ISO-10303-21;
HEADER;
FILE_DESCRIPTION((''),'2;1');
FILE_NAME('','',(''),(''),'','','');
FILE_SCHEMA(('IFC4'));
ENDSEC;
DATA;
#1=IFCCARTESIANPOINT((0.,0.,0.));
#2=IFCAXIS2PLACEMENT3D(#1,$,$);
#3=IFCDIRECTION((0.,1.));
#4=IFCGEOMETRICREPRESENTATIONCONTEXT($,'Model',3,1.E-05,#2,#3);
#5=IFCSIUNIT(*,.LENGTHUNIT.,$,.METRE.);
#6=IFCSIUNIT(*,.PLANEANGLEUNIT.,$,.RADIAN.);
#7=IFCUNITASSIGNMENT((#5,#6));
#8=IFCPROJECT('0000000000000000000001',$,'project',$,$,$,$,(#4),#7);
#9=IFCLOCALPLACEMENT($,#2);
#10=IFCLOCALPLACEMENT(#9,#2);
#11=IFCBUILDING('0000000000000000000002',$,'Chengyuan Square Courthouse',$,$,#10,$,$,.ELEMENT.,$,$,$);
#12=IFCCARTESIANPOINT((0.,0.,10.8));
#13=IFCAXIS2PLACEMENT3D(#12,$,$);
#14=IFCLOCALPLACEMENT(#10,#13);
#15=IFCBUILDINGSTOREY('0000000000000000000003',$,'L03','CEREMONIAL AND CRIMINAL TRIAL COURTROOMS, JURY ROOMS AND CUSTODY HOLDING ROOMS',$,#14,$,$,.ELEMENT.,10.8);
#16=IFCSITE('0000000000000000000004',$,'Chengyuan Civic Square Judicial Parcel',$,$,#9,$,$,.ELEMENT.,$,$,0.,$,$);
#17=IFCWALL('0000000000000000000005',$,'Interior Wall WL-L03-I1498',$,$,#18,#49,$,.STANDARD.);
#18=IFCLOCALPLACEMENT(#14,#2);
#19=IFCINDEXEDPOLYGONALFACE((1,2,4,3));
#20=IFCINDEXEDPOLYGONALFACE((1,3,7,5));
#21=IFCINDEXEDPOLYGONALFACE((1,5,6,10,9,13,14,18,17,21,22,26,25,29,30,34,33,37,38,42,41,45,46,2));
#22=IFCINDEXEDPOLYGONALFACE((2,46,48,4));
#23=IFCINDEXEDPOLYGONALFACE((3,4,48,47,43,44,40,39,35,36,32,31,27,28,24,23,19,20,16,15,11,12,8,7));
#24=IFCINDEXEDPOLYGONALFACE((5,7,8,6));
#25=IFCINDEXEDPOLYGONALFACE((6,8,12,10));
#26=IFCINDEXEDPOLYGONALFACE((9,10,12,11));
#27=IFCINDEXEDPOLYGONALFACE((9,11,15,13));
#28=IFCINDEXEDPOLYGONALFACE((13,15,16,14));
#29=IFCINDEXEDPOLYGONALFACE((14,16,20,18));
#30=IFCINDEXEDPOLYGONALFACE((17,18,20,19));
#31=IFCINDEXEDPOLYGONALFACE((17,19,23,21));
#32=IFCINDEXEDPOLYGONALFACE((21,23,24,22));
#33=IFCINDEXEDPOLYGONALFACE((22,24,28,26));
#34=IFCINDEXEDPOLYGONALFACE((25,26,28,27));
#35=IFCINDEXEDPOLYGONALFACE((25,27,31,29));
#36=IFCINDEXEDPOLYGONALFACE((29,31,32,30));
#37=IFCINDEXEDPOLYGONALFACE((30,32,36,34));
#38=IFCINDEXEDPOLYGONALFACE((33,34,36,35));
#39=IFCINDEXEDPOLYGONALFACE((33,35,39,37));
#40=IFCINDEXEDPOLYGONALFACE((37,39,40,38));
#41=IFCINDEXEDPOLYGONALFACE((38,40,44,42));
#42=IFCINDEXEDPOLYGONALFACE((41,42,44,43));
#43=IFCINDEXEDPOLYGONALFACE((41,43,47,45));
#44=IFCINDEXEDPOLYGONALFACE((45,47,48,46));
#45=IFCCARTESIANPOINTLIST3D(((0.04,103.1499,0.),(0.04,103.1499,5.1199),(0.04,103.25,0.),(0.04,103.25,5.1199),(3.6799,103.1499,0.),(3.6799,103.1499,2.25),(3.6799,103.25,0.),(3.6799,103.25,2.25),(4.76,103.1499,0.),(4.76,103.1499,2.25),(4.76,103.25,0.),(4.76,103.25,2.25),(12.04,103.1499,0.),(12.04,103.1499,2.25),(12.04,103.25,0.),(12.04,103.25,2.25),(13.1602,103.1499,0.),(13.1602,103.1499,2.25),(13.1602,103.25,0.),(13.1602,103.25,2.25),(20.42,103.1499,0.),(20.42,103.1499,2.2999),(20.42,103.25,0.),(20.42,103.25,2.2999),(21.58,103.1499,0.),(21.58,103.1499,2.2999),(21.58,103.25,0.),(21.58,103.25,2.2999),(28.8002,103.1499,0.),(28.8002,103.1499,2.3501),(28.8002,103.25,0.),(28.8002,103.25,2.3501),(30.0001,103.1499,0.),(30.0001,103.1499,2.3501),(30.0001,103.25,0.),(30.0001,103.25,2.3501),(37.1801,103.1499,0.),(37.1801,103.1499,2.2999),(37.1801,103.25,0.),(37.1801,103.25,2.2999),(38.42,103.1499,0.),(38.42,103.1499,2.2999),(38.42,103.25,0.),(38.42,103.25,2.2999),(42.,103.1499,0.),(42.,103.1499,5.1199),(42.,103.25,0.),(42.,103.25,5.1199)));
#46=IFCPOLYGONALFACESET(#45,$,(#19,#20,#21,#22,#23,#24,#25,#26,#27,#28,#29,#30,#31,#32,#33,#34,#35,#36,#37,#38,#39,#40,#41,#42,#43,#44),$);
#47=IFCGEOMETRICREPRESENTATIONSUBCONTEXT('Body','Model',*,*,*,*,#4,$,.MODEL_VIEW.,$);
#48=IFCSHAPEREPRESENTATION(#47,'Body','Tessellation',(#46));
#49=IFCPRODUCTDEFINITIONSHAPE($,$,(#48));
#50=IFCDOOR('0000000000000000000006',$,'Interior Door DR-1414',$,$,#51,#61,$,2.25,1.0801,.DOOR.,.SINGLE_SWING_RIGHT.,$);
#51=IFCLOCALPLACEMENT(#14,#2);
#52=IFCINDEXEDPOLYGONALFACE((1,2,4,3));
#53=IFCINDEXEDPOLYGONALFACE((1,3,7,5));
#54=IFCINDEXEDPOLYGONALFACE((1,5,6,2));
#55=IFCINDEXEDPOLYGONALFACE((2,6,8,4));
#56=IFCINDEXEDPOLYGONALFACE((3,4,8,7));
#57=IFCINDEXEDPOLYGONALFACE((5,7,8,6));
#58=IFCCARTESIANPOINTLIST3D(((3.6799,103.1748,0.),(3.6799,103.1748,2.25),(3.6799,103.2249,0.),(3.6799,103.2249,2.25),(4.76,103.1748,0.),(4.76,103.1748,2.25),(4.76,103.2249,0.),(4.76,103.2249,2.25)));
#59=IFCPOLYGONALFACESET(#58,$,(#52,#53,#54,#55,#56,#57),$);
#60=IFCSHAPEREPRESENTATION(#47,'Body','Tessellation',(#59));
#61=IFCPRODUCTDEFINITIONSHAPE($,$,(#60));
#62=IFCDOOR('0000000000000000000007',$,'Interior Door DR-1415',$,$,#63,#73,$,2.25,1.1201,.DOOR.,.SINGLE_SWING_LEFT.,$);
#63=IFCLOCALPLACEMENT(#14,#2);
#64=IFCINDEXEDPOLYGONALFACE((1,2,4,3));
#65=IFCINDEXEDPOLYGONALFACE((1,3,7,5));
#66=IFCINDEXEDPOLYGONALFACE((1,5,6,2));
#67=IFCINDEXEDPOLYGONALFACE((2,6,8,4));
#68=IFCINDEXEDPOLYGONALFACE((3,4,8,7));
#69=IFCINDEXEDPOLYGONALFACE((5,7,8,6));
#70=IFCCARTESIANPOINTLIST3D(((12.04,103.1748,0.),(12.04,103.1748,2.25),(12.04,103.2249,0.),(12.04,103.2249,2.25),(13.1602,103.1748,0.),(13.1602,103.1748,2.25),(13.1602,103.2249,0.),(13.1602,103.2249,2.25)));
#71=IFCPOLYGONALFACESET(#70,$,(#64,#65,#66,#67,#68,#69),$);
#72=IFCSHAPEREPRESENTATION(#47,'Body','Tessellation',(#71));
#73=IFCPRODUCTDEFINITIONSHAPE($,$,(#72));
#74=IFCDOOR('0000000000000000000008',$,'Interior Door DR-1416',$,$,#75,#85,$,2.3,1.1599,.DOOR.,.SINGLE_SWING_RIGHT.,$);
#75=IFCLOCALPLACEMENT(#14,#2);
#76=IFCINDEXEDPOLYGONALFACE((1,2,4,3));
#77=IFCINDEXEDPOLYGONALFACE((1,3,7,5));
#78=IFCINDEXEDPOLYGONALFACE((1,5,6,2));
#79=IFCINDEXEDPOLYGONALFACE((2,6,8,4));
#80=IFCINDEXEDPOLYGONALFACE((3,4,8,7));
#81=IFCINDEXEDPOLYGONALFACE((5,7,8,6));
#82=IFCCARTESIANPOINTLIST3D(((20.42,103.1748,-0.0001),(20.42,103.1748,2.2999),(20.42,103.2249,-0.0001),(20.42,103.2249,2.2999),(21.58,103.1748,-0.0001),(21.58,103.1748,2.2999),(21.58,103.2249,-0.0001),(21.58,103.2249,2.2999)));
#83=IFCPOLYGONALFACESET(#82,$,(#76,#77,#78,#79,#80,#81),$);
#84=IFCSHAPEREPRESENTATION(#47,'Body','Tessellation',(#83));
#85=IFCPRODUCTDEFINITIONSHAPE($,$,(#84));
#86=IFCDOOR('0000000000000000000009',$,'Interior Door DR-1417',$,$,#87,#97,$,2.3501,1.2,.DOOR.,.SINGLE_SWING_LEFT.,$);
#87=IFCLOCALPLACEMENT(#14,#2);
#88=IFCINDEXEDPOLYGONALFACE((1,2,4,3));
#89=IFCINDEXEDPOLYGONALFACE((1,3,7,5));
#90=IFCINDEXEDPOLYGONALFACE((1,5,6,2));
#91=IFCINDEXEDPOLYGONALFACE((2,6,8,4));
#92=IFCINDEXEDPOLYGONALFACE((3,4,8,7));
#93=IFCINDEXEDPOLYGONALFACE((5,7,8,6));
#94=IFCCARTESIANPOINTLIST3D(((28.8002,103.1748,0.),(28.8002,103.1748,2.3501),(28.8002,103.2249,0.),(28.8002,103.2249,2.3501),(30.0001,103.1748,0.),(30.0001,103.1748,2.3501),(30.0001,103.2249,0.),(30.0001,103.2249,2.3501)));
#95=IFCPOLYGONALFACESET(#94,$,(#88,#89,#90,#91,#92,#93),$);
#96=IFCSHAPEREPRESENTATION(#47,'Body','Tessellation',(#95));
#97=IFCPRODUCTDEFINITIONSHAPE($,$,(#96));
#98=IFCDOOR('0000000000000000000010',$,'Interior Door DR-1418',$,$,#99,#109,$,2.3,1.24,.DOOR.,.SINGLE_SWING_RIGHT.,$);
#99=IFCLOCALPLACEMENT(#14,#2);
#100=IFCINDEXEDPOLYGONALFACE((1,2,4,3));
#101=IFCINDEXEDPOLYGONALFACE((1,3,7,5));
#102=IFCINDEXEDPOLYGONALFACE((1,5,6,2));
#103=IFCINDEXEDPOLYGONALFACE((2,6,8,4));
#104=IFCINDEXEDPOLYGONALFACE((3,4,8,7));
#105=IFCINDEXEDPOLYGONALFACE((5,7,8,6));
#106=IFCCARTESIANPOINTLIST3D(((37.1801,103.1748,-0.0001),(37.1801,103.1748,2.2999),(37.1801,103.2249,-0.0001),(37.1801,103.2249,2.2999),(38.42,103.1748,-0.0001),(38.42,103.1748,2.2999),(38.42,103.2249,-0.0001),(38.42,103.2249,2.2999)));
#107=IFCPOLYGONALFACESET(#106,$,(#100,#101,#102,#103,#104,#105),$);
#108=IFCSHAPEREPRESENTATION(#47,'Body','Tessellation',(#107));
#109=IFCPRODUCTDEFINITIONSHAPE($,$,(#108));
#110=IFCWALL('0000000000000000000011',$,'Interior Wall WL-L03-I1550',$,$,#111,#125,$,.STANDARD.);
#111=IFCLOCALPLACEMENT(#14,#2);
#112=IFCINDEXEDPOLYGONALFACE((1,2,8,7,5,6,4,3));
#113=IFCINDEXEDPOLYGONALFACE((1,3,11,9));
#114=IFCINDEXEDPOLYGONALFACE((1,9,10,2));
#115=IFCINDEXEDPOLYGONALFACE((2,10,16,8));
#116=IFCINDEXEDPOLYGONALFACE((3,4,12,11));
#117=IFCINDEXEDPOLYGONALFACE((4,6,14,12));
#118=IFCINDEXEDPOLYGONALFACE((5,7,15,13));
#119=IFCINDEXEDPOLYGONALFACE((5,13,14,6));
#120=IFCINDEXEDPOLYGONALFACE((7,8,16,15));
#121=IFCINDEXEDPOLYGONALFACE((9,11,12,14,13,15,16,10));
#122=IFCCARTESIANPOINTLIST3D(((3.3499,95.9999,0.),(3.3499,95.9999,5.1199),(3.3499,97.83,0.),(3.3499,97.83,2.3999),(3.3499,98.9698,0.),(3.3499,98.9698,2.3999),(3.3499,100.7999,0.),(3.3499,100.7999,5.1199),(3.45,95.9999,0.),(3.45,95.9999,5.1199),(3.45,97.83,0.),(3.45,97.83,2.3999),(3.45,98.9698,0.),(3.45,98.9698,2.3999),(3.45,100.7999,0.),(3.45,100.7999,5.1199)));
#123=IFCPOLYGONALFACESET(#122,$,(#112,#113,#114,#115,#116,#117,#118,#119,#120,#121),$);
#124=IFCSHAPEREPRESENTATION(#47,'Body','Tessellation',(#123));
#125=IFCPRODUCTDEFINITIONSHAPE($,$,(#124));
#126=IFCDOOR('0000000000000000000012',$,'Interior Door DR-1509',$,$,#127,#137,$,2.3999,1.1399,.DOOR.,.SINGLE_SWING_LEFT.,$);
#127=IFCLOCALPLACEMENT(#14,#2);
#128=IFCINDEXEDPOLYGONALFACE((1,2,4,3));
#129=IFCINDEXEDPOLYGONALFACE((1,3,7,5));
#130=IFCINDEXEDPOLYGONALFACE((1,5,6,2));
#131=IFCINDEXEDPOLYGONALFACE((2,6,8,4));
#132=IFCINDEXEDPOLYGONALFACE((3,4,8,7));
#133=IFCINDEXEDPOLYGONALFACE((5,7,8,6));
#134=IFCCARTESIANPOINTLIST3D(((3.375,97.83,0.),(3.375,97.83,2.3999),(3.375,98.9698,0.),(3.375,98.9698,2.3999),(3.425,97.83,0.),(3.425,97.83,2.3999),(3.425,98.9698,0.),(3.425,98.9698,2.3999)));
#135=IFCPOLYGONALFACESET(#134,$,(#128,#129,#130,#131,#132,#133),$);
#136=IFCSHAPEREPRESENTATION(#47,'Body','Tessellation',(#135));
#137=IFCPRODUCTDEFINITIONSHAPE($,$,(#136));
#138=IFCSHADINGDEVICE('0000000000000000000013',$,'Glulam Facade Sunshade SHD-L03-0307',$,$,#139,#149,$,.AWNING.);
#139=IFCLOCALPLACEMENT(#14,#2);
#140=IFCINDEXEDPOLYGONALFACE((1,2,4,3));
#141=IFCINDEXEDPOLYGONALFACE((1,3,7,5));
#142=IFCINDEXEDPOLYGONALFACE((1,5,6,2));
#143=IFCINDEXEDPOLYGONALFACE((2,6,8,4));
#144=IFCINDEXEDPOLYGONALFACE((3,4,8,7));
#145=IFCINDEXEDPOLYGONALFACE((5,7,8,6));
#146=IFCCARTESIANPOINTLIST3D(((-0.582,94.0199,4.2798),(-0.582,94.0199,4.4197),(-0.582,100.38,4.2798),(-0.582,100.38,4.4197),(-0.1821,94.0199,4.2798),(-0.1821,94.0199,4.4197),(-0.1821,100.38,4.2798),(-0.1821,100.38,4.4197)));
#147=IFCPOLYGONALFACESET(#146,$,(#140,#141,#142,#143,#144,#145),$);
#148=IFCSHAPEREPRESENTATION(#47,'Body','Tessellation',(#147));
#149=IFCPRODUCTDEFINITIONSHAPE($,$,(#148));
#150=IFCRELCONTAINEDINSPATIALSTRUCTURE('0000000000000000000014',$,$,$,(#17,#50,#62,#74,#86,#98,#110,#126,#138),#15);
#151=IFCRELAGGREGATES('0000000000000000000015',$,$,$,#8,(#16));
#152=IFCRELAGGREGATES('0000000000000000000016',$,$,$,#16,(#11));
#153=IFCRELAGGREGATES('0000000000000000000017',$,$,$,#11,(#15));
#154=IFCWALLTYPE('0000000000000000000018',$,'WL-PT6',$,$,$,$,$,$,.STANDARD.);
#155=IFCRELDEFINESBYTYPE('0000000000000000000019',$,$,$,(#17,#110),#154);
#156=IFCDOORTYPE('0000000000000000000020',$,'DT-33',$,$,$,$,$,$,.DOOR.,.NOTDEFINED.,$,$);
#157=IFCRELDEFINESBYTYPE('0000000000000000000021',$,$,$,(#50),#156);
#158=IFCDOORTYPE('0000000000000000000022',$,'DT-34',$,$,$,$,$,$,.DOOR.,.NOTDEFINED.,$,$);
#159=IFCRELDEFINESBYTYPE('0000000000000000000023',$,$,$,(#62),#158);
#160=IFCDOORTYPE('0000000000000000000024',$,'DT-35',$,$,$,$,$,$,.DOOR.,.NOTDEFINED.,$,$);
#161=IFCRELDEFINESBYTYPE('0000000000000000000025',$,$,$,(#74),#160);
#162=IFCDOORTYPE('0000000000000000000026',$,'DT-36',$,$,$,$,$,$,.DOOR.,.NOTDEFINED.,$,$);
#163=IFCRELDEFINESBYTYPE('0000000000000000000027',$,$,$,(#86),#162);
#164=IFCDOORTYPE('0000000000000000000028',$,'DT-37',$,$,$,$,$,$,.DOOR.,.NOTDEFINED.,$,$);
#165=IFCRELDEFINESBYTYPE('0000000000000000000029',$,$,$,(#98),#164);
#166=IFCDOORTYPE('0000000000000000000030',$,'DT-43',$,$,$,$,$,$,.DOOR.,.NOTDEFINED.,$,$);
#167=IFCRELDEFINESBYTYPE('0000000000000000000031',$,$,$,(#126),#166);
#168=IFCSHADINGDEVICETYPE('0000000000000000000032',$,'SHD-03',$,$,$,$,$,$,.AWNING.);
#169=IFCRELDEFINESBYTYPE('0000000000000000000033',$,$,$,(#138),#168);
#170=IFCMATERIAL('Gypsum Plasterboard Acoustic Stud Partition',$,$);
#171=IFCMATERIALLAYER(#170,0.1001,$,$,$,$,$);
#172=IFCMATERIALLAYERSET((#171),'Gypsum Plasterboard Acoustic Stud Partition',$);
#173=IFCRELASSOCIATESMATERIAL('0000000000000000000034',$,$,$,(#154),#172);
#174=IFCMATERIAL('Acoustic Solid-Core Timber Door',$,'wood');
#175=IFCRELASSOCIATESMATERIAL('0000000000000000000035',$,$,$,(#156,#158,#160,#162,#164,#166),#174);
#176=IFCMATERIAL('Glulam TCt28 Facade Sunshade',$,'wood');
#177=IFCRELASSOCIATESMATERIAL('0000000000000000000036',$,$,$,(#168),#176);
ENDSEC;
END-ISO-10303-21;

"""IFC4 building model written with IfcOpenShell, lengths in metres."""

from ifc_helpers import new_model, si_unit, direction, frame, frame_2d, origin, origin_2d, place, context, subcontext, project, spatial, rectangle, extrude, material, layer, layer_set, type_object, element, fill, save


model = new_model("IFC4")

# Units and contexts
model_context = context("Model", 3, precision=1e-05, world=origin(), true_north=direction((0.0, 1.0)))
body_context = subcontext(model_context, "Body", "Model", "MODEL_VIEW")
ifc_project = project(units=[si_unit("LENGTHUNIT", "METRE"), si_unit("PLANEANGLEUNIT", "RADIAN")], contexts=[model_context])

# Site, building, storey
site_placement = place(None, origin())
site = spatial("IfcSite", under=ifc_project, at=site_placement, Name="Chengyuan Civic Square Judicial Parcel", CompositionType="ELEMENT", RefElevation=0.0)
building_placement = place(site_placement, origin())
building = spatial("IfcBuilding", under=site, at=building_placement, Name="Chengyuan Square Courthouse", CompositionType="ELEMENT")
storey_placement = place(building_placement, frame((0.0, 0.0, 10.8)))
storey = spatial("IfcBuildingStorey", under=building, at=storey_placement, Name="L03", Description="CEREMONIAL AND CRIMINAL TRIAL COURTROOMS, JURY ROOMS AND CUSTODY HOLDING ROOMS", CompositionType="ELEMENT", Elevation=10.8)

# Wall, openings, doors
ifc_material_1 = material(Name="Gypsum Plasterboard Acoustic Stud Partition")
ifc_layer_1 = layer(ifc_material_1, 0.1001)
ifc_layer_set_1 = layer_set([ifc_layer_1], Name="Gypsum Plasterboard Acoustic Stud Partition")
wall_type_1 = type_object("IfcWallType", Name="WL-PT6", PredefinedType="STANDARD", material=ifc_layer_set_1)
ifc_material_2 = material(Name="Acoustic Solid-Core Timber Door", Category="wood")
door_type_1 = type_object("IfcDoorType", Name="DT-33", OperationType="NOTDEFINED", PredefinedType="DOOR", material=ifc_material_2)
door_type_2 = type_object("IfcDoorType", Name="DT-34", OperationType="NOTDEFINED", PredefinedType="DOOR", material=ifc_material_2)
wall_1_placement = place(storey_placement, frame((0.04, 103.2, 0.0), z_axis=(0.0, 0.0, 1.0), x_axis=(1.0, 0.0, 0.0)))
wall_1 = element("IfcWall", 1, at=wall_1_placement, inside=storey, type_object=wall_type_1, Name="Interior Wall WL-L03-I1498", PredefinedType="STANDARD", context=body_context, shape_type="SweptSolid", body=[
    extrude(rectangle(XDim=41.96, YDim=0.1001, at=frame_2d((20.98, 0.0))), origin(), (0.0, 0.0, 1.0), 5.1199),
])
opening_1_placement = place(wall_1_placement, frame((3.6399, 0.0, 0.0)))
opening_1 = element("IfcOpeningElement", 2, at=opening_1_placement, cuts=wall_1, PredefinedType="OPENING", context=body_context, shape_type="SweptSolid", body=[
    extrude(rectangle(XDim=1.0801, YDim=2.25, at=frame_2d((0.54, 1.125))), frame((0.0, 0.062, 0.0), z_axis=(0.0, -1.0, 0.0), x_axis=(1.0, 0.0, 0.0)), (0.0, 0.0, 1.0), 0.124),
])
opening_2_placement = place(wall_1_placement, frame((12.0, 0.0, 0.0)))
opening_2 = element("IfcOpeningElement", 3, at=opening_2_placement, cuts=wall_1, PredefinedType="OPENING", context=body_context, shape_type="SweptSolid", body=[
    extrude(rectangle(XDim=1.1201, YDim=2.25, at=frame_2d((0.5601, 1.125))), frame((0.0, 0.062, 0.0), z_axis=(0.0, -1.0, 0.0), x_axis=(1.0, 0.0, 0.0)), (0.0, 0.0, 1.0), 0.124),
])
opening_3_placement = place(wall_1_placement, frame((20.3799, 0.0, 0.0)))
opening_3 = element("IfcOpeningElement", 4, at=opening_3_placement, cuts=wall_1, PredefinedType="OPENING", context=body_context, shape_type="SweptSolid", body=[
    extrude(rectangle(XDim=1.1599, YDim=2.3, at=frame_2d((0.5801, 1.1499))), frame((0.0, 0.062, 0.0), z_axis=(0.0, -1.0, 0.0), x_axis=(1.0, 0.0, 0.0)), (0.0, 0.0, 1.0), 0.124),
])
opening_4_placement = place(wall_1_placement, frame((28.76, 0.0, 0.0)))
opening_4 = element("IfcOpeningElement", 5, at=opening_4_placement, cuts=wall_1, PredefinedType="OPENING", context=body_context, shape_type="SweptSolid", body=[
    extrude(rectangle(XDim=1.2, YDim=2.3501, at=frame_2d((0.6001, 1.175))), frame((0.0, 0.062, 0.0), z_axis=(0.0, -1.0, 0.0), x_axis=(1.0, 0.0, 0.0)), (0.0, 0.0, 1.0), 0.124),
])
opening_5_placement = place(wall_1_placement, frame((37.1399, 0.0, 0.0)))
opening_5 = element("IfcOpeningElement", 6, at=opening_5_placement, cuts=wall_1, PredefinedType="OPENING", context=body_context, shape_type="SweptSolid", body=[
    extrude(rectangle(XDim=1.24, YDim=2.3, at=frame_2d((0.6201, 1.1499))), frame((0.0, 0.062, 0.0), z_axis=(0.0, -1.0, 0.0), x_axis=(1.0, 0.0, 0.0)), (0.0, 0.0, 1.0), 0.124),
])
door_1_placement = place(opening_1_placement, origin())
door_1 = element("IfcDoor", 7, at=door_1_placement, inside=storey, type_object=door_type_1, Name="Interior Door DR-1414", OperationType="SINGLE_SWING_RIGHT", OverallHeight=2.25, OverallWidth=1.0801, PredefinedType="DOOR", context=body_context, shape_type="SweptSolid", body=[
    extrude(rectangle(XDim=1.0801, YDim=2.25, at=frame_2d((0.54, 1.125))), frame((0.0, 0.0249, 0.0), z_axis=(0.0, -1.0, 0.0), x_axis=(1.0, 0.0, 0.0)), (0.0, 0.0, 1.0), 0.05),
])
fill(opening_1, door_1)
door_2_placement = place(opening_2_placement, origin())
door_2 = element("IfcDoor", 8, at=door_2_placement, inside=storey, type_object=door_type_2, Name="Interior Door DR-1415", OperationType="SINGLE_SWING_LEFT", OverallHeight=2.25, OverallWidth=1.1201, PredefinedType="DOOR", context=body_context, shape_type="SweptSolid", body=[
    extrude(rectangle(XDim=1.1201, YDim=2.25, at=frame_2d((0.5601, 1.125))), frame((0.0, 0.0249, 0.0), z_axis=(0.0, -1.0, 0.0), x_axis=(1.0, 0.0, 0.0)), (0.0, 0.0, 1.0), 0.05),
])
fill(opening_2, door_2)
door_type_3 = type_object("IfcDoorType", Name="DT-35", OperationType="NOTDEFINED", PredefinedType="DOOR", material=ifc_material_2)
door_3_placement = place(opening_3_placement, origin())
door_3 = element("IfcDoor", 9, at=door_3_placement, inside=storey, type_object=door_type_3, Name="Interior Door DR-1416", OperationType="SINGLE_SWING_RIGHT", OverallHeight=2.3, OverallWidth=1.1599, PredefinedType="DOOR", context=body_context, shape_type="SweptSolid", body=[
    extrude(rectangle(XDim=1.1599, YDim=2.3, at=frame_2d((0.5801, 1.1499))), frame((0.0, 0.0249, 0.0), z_axis=(0.0, -1.0, 0.0), x_axis=(1.0, 0.0, 0.0)), (0.0, 0.0, 1.0), 0.05),
])
fill(opening_3, door_3)
door_type_4 = type_object("IfcDoorType", Name="DT-36", OperationType="NOTDEFINED", PredefinedType="DOOR", material=ifc_material_2)
door_4_placement = place(opening_4_placement, origin())
door_4 = element("IfcDoor", 10, at=door_4_placement, inside=storey, type_object=door_type_4, Name="Interior Door DR-1417", OperationType="SINGLE_SWING_LEFT", OverallHeight=2.3501, OverallWidth=1.2, PredefinedType="DOOR", context=body_context, shape_type="SweptSolid", body=[
    extrude(rectangle(XDim=1.2, YDim=2.3501, at=frame_2d((0.6001, 1.175))), frame((0.0, 0.0249, 0.0), z_axis=(0.0, -1.0, 0.0), x_axis=(1.0, 0.0, 0.0)), (0.0, 0.0, 1.0), 0.05),
])
fill(opening_4, door_4)
door_type_5 = type_object("IfcDoorType", Name="DT-37", OperationType="NOTDEFINED", PredefinedType="DOOR", material=ifc_material_2)
door_5_placement = place(opening_5_placement, origin())
door_5 = element("IfcDoor", 11, at=door_5_placement, inside=storey, type_object=door_type_5, Name="Interior Door DR-1418", OperationType="SINGLE_SWING_RIGHT", OverallHeight=2.3, OverallWidth=1.24, PredefinedType="DOOR", context=body_context, shape_type="SweptSolid", body=[
    extrude(rectangle(XDim=1.24, YDim=2.3, at=frame_2d((0.6201, 1.1499))), frame((0.0, 0.0249, 0.0), z_axis=(0.0, -1.0, 0.0), x_axis=(1.0, 0.0, 0.0)), (0.0, 0.0, 1.0), 0.05),
])
fill(opening_5, door_5)

# Wall, opening, door
wall_2_placement = place(storey_placement, frame((3.3999, 96.0, 0.0), z_axis=(0.0, 0.0, 1.0), x_axis=(0.0, 1.0, 0.0)))
wall_2 = element("IfcWall", 12, at=wall_2_placement, inside=storey, type_object=wall_type_1, Name="Interior Wall WL-L03-I1550", PredefinedType="STANDARD", context=body_context, shape_type="SweptSolid", body=[
    extrude(rectangle(XDim=4.8, YDim=0.1001, at=frame_2d((2.3999, 0.0))), origin(), (0.0, 0.0, 1.0), 5.1199),
])
opening_6_placement = place(wall_2_placement, frame((1.8301, 0.0, 0.0)))
opening_6 = element("IfcOpeningElement", 13, at=opening_6_placement, cuts=wall_2, PredefinedType="OPENING", context=body_context, shape_type="SweptSolid", body=[
    extrude(rectangle(XDim=1.1399, YDim=2.3999, at=frame_2d((0.5698, 1.2))), frame((0.0, 0.062, 0.0), z_axis=(0.0, -1.0, 0.0), x_axis=(1.0, 0.0, 0.0)), (0.0, 0.0, 1.0), 0.124),
])
door_type_6 = type_object("IfcDoorType", Name="DT-43", OperationType="NOTDEFINED", PredefinedType="DOOR", material=ifc_material_2)
door_6_placement = place(opening_6_placement, origin())
door_6 = element("IfcDoor", 14, at=door_6_placement, inside=storey, type_object=door_type_6, Name="Interior Door DR-1509", OperationType="SINGLE_SWING_LEFT", OverallHeight=2.3999, OverallWidth=1.1399, PredefinedType="DOOR", context=body_context, shape_type="SweptSolid", body=[
    extrude(rectangle(XDim=1.1399, YDim=2.3999, at=frame_2d((0.5698, 1.2))), frame((0.0, 0.0249, 0.0), z_axis=(0.0, -1.0, 0.0), x_axis=(1.0, 0.0, 0.0)), (0.0, 0.0, 1.0), 0.05),
])
fill(opening_6, door_6)

# Shading device
ifc_material_3 = material(Name="Glulam TCt28 Facade Sunshade", Category="wood")
shading_device_type = type_object("IfcShadingDeviceType", Name="SHD-03", PredefinedType="AWNING", material=ifc_material_3)
shading_device_placement = place(storey_placement, frame((-0.3821, 97.2, 4.2798), z_axis=(0.0, 0.0, 1.0), x_axis=(0.0, 1.0, 0.0)))
element("IfcShadingDevice", 15, at=shading_device_placement, inside=storey, type_object=shading_device_type, Name="Glulam Facade Sunshade SHD-L03-0307", PredefinedType="AWNING", context=body_context, shape_type="SweptSolid", body=[
    extrude(rectangle(XDim=6.3601, YDim=0.3999, at=origin_2d()), origin(), (0.0, 0.0, 1.0), 0.1399),
])

save(model, "model.ifc")
